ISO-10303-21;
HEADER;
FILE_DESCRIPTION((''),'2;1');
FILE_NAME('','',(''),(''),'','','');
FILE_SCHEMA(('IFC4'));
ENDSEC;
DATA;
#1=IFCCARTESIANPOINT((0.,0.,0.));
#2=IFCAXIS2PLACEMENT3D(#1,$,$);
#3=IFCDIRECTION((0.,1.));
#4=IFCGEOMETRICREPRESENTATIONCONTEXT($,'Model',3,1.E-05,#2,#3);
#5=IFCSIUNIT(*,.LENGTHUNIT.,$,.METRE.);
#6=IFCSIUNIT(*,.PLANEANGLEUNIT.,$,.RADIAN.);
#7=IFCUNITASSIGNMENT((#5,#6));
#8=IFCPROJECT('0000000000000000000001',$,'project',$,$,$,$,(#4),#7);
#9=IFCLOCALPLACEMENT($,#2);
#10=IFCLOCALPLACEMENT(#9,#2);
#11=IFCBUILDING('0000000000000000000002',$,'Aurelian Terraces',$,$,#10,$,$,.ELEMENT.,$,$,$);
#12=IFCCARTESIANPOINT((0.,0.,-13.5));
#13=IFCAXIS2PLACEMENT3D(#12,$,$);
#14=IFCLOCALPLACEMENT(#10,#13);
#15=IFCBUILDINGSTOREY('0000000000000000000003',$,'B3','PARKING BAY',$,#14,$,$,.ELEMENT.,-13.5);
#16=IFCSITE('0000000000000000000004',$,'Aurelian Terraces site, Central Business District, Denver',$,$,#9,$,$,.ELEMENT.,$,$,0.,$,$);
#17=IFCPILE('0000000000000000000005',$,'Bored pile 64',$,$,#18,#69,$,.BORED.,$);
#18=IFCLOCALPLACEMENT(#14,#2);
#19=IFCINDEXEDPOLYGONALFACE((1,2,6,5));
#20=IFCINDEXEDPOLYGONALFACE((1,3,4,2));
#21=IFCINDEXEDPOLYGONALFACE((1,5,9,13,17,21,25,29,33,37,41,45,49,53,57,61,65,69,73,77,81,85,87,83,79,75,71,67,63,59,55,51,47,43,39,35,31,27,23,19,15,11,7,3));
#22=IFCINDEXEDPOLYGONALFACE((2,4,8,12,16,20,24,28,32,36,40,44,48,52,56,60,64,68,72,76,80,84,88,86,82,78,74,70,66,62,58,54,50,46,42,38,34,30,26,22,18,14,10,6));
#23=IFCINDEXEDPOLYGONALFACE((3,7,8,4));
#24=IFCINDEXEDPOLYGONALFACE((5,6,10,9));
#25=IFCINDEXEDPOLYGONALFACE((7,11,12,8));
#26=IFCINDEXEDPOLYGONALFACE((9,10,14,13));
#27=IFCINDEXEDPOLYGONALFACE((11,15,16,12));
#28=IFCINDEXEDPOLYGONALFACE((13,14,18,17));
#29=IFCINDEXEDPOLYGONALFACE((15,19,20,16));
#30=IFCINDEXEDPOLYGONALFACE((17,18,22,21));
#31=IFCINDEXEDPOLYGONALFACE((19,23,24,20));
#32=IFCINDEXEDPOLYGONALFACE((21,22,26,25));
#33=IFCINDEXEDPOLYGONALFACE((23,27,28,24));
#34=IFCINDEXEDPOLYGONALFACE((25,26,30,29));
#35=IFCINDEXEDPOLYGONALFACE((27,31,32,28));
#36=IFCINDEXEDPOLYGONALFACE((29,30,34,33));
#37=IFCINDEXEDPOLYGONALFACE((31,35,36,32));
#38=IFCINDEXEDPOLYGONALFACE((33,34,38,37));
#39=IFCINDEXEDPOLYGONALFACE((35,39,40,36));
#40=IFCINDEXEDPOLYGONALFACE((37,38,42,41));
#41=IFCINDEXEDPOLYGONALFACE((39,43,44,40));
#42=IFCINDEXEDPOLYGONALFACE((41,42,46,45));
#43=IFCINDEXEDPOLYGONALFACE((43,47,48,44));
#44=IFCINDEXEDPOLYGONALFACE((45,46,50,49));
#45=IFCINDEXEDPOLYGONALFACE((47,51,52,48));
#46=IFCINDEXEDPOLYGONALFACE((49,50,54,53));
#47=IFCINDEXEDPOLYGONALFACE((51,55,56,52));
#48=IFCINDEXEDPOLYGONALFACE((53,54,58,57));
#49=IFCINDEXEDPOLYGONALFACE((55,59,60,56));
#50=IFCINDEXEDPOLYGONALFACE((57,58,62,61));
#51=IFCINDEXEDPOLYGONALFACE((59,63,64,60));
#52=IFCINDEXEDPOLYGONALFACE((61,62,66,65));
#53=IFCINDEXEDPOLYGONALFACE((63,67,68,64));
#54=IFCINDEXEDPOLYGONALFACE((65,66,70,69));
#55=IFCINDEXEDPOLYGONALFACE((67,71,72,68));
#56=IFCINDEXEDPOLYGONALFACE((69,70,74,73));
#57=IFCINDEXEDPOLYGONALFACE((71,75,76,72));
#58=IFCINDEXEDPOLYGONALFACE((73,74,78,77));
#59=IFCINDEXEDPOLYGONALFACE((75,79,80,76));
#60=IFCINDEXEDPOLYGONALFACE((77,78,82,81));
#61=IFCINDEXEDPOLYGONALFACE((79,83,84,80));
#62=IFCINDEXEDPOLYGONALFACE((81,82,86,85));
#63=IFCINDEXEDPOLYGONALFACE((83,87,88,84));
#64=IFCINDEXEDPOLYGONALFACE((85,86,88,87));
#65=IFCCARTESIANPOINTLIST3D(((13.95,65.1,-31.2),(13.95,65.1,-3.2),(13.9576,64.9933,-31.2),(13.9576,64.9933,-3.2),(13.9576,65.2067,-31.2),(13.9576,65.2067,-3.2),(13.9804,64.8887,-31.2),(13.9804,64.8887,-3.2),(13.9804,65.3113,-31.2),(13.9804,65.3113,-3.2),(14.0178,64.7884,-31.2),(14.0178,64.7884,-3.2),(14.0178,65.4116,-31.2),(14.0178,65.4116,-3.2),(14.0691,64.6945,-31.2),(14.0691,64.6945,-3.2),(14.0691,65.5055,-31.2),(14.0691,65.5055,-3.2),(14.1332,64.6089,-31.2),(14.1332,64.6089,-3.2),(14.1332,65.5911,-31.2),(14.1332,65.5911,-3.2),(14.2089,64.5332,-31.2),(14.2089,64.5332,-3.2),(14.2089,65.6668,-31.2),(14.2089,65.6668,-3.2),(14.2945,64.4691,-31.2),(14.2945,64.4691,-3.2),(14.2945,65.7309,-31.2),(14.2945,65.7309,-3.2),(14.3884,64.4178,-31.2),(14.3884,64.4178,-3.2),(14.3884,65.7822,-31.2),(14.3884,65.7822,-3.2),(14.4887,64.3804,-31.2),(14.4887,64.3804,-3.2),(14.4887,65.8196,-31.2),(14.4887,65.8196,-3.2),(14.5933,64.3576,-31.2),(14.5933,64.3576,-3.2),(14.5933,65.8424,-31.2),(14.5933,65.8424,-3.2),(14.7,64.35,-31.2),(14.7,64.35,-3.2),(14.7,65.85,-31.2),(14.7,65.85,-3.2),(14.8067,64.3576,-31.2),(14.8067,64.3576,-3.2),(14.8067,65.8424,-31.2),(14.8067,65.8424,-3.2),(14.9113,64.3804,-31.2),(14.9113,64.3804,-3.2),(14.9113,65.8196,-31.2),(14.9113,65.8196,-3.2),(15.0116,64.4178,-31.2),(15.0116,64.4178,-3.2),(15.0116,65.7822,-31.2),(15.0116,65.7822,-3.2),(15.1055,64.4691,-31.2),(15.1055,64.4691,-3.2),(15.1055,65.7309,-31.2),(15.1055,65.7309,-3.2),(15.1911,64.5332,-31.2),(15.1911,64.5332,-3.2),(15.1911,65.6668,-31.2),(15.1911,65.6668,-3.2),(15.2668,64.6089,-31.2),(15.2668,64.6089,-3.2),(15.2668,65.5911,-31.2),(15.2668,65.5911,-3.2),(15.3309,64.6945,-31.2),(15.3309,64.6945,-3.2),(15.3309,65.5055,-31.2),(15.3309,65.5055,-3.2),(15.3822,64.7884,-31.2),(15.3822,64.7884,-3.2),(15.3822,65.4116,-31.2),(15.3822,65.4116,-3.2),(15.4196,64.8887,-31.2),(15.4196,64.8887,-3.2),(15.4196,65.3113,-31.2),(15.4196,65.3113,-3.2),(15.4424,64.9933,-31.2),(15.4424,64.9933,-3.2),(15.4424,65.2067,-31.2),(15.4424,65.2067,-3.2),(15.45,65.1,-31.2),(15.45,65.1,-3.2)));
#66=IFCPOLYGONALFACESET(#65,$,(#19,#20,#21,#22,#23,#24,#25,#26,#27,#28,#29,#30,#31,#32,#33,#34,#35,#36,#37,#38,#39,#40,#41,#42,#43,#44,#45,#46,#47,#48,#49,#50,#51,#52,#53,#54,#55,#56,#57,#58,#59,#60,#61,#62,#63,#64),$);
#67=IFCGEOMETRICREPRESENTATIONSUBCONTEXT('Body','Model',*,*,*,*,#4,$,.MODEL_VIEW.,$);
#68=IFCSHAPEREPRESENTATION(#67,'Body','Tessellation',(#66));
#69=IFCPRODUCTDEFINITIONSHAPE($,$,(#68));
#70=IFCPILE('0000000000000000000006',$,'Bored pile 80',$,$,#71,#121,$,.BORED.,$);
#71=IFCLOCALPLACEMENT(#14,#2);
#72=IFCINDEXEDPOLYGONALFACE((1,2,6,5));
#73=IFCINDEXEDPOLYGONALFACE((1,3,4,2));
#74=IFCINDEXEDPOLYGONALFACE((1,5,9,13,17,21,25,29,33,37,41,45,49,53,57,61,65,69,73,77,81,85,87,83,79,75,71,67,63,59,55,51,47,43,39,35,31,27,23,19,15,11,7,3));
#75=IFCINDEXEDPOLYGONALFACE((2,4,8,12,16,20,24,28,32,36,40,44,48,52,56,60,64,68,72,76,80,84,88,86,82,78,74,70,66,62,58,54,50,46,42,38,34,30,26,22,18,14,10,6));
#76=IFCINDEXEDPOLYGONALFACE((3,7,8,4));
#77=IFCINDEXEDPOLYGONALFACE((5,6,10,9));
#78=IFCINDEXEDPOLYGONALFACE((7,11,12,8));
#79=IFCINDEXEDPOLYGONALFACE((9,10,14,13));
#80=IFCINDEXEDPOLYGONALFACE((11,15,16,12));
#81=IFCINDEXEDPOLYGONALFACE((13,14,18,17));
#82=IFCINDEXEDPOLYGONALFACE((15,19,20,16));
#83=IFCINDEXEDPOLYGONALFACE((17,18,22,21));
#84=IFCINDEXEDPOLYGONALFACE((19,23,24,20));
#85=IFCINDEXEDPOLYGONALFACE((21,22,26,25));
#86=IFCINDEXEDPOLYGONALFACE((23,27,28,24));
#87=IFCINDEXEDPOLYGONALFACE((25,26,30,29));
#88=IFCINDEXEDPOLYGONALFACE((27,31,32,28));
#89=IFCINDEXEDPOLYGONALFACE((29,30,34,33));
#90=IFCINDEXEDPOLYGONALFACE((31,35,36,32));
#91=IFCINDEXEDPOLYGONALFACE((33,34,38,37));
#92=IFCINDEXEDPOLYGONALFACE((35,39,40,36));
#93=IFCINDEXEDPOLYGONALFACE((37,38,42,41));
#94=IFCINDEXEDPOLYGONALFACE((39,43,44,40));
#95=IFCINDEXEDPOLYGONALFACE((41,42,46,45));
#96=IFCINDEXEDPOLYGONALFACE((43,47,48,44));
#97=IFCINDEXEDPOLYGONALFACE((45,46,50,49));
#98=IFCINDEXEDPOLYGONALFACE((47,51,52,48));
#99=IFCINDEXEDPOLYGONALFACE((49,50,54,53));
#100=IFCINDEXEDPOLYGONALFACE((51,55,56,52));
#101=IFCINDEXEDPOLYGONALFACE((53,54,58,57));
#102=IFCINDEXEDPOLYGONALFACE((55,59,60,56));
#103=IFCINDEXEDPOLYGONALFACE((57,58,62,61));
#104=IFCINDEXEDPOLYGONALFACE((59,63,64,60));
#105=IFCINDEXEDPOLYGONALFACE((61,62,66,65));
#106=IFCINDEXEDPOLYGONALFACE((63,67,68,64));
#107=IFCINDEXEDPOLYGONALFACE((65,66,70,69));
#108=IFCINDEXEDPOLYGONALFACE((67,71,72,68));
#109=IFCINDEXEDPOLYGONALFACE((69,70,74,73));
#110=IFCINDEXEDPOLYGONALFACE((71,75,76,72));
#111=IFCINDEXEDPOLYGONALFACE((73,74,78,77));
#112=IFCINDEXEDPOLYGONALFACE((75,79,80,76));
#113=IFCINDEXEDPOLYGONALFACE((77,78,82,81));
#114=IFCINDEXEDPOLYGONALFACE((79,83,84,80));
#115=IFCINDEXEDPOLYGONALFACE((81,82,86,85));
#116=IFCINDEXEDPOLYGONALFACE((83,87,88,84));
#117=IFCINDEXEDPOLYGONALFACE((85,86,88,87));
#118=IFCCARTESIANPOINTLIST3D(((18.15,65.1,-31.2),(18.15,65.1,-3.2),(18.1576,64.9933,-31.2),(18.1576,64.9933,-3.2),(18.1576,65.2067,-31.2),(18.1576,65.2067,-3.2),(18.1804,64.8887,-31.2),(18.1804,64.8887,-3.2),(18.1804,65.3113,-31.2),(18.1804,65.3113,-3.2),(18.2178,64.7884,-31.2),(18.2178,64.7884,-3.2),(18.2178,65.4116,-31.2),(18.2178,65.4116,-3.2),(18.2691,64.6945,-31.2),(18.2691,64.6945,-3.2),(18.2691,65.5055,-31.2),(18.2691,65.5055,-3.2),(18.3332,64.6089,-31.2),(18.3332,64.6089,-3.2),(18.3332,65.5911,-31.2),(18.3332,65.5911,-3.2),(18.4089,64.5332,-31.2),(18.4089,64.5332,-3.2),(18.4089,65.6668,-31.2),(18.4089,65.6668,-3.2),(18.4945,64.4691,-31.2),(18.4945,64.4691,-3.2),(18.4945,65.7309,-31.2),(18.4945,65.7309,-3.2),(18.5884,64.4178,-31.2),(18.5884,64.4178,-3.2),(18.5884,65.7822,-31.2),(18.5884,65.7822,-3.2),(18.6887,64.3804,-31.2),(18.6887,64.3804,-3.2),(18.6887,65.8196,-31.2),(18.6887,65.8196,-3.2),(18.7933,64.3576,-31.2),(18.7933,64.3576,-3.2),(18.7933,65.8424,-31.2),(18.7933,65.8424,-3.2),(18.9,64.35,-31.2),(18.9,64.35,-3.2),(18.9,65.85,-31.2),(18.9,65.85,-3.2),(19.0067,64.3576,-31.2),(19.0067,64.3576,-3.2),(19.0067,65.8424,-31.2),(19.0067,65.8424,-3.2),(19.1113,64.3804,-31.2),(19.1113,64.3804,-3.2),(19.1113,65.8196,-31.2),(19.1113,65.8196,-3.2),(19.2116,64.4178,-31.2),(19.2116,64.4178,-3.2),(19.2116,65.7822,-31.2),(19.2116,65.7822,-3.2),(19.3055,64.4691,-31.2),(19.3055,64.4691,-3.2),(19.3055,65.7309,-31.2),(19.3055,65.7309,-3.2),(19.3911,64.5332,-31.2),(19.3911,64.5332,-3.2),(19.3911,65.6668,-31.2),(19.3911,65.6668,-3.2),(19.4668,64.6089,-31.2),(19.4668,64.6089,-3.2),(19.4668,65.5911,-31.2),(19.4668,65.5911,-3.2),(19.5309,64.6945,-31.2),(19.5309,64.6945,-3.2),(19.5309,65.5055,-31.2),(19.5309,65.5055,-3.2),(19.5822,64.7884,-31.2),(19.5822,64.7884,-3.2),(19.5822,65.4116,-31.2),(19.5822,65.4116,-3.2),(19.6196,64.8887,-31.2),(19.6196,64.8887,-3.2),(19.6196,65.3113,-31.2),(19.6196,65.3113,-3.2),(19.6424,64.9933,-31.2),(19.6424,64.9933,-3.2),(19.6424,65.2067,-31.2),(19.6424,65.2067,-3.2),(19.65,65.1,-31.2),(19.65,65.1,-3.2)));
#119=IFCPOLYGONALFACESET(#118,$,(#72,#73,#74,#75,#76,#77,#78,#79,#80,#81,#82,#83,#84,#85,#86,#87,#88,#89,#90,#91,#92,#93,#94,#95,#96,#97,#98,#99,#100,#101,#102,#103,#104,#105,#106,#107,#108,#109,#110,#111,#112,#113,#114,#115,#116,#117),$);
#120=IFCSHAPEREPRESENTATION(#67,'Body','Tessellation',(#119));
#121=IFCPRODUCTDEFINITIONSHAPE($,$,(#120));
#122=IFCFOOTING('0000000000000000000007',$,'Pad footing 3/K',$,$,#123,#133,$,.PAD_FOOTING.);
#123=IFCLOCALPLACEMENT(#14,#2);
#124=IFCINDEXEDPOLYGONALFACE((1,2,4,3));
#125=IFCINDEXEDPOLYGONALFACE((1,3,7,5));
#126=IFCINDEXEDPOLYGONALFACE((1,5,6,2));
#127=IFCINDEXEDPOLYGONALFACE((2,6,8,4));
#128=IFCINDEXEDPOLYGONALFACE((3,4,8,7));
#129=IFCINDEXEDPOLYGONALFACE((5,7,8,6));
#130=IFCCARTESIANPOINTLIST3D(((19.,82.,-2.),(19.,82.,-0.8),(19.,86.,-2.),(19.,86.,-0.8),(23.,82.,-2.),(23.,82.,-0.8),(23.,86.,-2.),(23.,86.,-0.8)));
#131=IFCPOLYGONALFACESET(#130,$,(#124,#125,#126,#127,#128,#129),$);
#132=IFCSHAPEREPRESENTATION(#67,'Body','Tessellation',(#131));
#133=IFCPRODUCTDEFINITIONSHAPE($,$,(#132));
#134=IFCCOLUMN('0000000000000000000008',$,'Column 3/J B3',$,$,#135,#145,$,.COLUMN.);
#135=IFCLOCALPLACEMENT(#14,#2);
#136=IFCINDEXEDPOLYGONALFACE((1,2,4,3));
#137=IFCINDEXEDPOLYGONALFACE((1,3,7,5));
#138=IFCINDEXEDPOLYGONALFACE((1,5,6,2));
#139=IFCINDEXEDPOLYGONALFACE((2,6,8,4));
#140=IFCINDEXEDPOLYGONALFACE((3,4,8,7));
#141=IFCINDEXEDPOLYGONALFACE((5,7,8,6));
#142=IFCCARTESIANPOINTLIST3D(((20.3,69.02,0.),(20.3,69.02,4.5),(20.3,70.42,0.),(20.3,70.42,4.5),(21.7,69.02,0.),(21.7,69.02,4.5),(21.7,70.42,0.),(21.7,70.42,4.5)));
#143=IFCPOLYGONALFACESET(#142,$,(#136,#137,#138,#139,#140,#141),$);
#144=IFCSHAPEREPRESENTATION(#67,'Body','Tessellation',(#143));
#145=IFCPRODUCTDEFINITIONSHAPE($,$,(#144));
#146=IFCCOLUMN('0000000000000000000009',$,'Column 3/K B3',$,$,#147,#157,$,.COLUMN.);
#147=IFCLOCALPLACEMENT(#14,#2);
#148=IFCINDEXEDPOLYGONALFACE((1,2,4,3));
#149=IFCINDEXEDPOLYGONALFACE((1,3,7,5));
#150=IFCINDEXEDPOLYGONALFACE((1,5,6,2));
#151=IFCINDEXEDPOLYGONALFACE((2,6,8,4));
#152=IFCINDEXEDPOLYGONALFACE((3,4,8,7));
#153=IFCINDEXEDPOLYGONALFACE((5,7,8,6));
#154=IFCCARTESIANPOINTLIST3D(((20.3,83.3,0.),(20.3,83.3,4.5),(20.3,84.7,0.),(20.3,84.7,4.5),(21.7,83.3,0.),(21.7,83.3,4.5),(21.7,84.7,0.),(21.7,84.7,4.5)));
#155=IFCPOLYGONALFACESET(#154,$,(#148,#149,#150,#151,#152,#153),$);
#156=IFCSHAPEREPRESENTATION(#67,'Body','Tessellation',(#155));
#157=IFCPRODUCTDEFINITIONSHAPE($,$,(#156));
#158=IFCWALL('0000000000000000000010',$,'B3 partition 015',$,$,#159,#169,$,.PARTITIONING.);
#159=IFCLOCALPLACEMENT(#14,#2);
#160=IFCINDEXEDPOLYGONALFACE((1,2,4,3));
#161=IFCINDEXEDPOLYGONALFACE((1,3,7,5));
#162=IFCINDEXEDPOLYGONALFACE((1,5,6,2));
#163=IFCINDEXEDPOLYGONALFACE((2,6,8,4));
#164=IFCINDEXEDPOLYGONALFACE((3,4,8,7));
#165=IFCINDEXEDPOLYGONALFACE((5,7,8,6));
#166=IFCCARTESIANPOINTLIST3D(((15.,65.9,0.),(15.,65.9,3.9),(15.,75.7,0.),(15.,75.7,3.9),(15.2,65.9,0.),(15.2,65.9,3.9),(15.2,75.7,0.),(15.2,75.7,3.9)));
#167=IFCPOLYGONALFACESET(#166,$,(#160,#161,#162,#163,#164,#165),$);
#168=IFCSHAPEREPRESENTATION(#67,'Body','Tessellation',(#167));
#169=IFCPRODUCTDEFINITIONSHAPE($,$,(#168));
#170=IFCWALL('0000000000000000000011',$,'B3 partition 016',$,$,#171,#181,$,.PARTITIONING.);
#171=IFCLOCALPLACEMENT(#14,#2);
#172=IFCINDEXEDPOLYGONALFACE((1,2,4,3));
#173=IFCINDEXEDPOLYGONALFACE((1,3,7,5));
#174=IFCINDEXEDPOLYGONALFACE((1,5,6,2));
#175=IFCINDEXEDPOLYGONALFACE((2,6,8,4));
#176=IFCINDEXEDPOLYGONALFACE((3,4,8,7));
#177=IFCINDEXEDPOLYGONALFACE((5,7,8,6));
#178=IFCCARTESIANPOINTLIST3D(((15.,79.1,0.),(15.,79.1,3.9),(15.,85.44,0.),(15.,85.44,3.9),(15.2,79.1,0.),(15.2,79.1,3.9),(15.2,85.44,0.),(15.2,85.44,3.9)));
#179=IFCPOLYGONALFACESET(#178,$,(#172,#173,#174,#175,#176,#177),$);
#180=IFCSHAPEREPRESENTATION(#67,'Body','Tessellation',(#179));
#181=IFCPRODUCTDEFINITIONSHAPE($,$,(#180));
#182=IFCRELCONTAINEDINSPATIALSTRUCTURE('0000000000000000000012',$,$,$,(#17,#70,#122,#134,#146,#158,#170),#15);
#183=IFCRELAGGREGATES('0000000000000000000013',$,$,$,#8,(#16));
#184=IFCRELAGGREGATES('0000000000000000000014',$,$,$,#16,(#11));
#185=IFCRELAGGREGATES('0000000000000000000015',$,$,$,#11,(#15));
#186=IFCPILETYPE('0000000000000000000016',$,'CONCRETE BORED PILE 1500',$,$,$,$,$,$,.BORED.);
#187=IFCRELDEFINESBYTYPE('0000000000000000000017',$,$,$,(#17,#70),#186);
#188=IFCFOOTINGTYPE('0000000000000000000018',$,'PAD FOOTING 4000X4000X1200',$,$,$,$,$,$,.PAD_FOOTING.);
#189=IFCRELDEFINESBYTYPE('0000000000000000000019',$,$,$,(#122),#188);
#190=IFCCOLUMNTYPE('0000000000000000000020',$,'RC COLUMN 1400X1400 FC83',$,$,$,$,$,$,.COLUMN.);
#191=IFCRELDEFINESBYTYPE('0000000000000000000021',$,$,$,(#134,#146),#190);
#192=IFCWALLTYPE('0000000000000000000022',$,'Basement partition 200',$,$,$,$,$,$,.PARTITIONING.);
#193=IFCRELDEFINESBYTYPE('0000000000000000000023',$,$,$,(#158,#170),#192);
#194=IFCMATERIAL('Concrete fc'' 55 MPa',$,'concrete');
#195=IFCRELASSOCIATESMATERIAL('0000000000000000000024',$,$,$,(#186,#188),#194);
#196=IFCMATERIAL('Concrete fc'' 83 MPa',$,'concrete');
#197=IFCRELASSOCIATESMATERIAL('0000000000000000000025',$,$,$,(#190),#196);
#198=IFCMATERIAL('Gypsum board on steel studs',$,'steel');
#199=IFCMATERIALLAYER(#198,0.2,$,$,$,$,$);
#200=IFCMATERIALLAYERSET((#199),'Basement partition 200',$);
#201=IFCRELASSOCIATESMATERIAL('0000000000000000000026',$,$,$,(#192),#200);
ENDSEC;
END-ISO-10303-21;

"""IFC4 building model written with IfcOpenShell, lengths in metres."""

from ifc_helpers import new_model, si_unit, direction, frame, frame_2d, origin, origin_2d, place, context, subcontext, project, spatial, rectangle, circle, extrude, source, transform, mapped, material, layer, layer_set, material_profile, profile_set, type_object, element, save


model = new_model("IFC4")

# Units and contexts
model_context = context("Model", 3, precision=1e-05, world=origin(), true_north=direction((0.0, 1.0)))
body_context = subcontext(model_context, "Body", "Model", "MODEL_VIEW")
ifc_project = project(units=[si_unit("LENGTHUNIT", "METRE"), si_unit("PLANEANGLEUNIT", "RADIAN")], contexts=[model_context])

# Site, building, storey
site_placement = place(None, origin())
site = spatial("IfcSite", under=ifc_project, at=site_placement, Name="Aurelian Terraces site, Central Business District, Denver", CompositionType="ELEMENT", RefElevation=0.0)
building_placement = place(site_placement, origin())
building = spatial("IfcBuilding", under=site, at=building_placement, Name="Aurelian Terraces", CompositionType="ELEMENT")
storey_placement = place(building_placement, frame((0.0, 0.0, -13.5)))
storey = spatial("IfcBuildingStorey", under=building, at=storey_placement, Name="B3", Description="PARKING BAY", CompositionType="ELEMENT", Elevation=-13.5)

# Piles
ifc_material_1 = material(Name="Concrete fc' 55 MPa", Category="concrete")
ifc_material_profile_1 = material_profile(ifc_material_1, circle(Radius=0.75, at=origin_2d()))
ifc_profile_set_1 = profile_set([ifc_material_profile_1], Name="Concrete fc' 55 MPa")
pile_type = type_object("IfcPileType", Name="CONCRETE BORED PILE 1500", PredefinedType="BORED", material=ifc_profile_set_1)
shared_shape_1 = source(origin(), body_context, "Body", "SweptSolid", [
    extrude(circle(Radius=0.75, at=origin_2d()), origin(), (0.0, 0.0, 1.0), 28.0),
])
for number, where, z_axis, x_axis, name in (
    (1, (14.7, 65.1, -3.2), (0.0, 0.0, -1.0), (1.0, 0.0, 0.0), "Bored pile 64"),
    (2, (18.9, 65.1, -3.2), (0.0, 0.0, -1.0), (1.0, 0.0, 0.0), "Bored pile 80"),
):
    element("IfcPile", number, at=place(storey_placement, frame(where, z_axis=z_axis, x_axis=x_axis)), inside=storey, type_object=pile_type, Name=name, PredefinedType="BORED", context=body_context, shape_type="MappedRepresentation", body=[
        mapped(shared_shape_1, transform((0.0, 0.0, 0.0), scale=1.0)),
    ])

# Footing
footing_type = type_object("IfcFootingType", Name="PAD FOOTING 4000X4000X1200", PredefinedType="PAD_FOOTING", material=ifc_material_1)
shared_shape_2 = source(origin(), body_context, "Body", "SweptSolid", [
    extrude(rectangle(XDim=4.0, YDim=4.0, at=origin_2d()), origin(), (0.0, 0.0, 1.0), 1.2),
])
footing_placement = place(storey_placement, frame((21.0, 84.0, -2.0), z_axis=(0.0, 0.0, 1.0), x_axis=(1.0, 0.0, 0.0)))
element("IfcFooting", 3, at=footing_placement, inside=storey, type_object=footing_type, Name="Pad footing 3/K", PredefinedType="PAD_FOOTING", context=body_context, shape_type="MappedRepresentation", body=[
    mapped(shared_shape_2, transform((0.0, 0.0, 0.0), scale=1.0)),
])

# Columns
ifc_material_2 = material(Name="Concrete fc' 83 MPa", Category="concrete")
ifc_material_profile_2 = material_profile(ifc_material_2, rectangle(XDim=1.4, YDim=1.4, at=origin_2d()))
ifc_profile_set_2 = profile_set([ifc_material_profile_2], Name="Concrete fc' 83 MPa")
column_type = type_object("IfcColumnType", Name="RC COLUMN 1400X1400 FC83", PredefinedType="COLUMN", material=ifc_profile_set_2)
shared_shape_3 = source(origin(), body_context, "Body", "SweptSolid", [
    extrude(rectangle(XDim=1.4, YDim=1.4, at=origin_2d()), origin(), (0.0, 0.0, 1.0), 4.5),
])
for number, where, z_axis, x_axis, name in (
    (4, (21.0, 69.72, 0.0), (0.0, 0.0, 1.0), (1.0, 0.0, 0.0), "Column 3/J B3"),
    (5, (21.0, 84.0, 0.0), (0.0, 0.0, 1.0), (1.0, 0.0, 0.0), "Column 3/K B3"),
):
    element("IfcColumn", number, at=place(storey_placement, frame(where, z_axis=z_axis, x_axis=x_axis)), inside=storey, type_object=column_type, Name=name, PredefinedType="COLUMN", context=body_context, shape_type="MappedRepresentation", body=[
        mapped(shared_shape_3, transform((0.0, 0.0, 0.0), scale=1.0)),
    ])

# Walls
ifc_material_3 = material(Name="Gypsum board on steel studs", Category="steel")
ifc_layer = layer(ifc_material_3, 0.2)
ifc_layer_set = layer_set([ifc_layer], Name="Basement partition 200")
wall_type = type_object("IfcWallType", Name="Basement partition 200", PredefinedType="PARTITIONING", material=ifc_layer_set)
wall_1_placement = place(storey_placement, frame((15.1, 65.9, 0.0), z_axis=(0.0, 0.0, 1.0), x_axis=(0.0, 1.0, 0.0)))
element("IfcWall", 6, at=wall_1_placement, inside=storey, type_object=wall_type, Name="B3 partition 015", PredefinedType="PARTITIONING", context=body_context, shape_type="SweptSolid", body=[
    extrude(rectangle(XDim=9.8, YDim=0.2, at=frame_2d((4.9, 0.0))), origin(), (0.0, 0.0, 1.0), 3.9),
])
wall_2_placement = place(storey_placement, frame((15.1, 79.1, 0.0), z_axis=(0.0, 0.0, 1.0), x_axis=(0.0, 1.0, 0.0)))
element("IfcWall", 7, at=wall_2_placement, inside=storey, type_object=wall_type, Name="B3 partition 016", PredefinedType="PARTITIONING", context=body_context, shape_type="SweptSolid", body=[
    extrude(rectangle(XDim=6.34, YDim=0.2, at=frame_2d((3.17, 0.0))), origin(), (0.0, 0.0, 1.0), 3.9),
])

save(model, "model.ifc")
